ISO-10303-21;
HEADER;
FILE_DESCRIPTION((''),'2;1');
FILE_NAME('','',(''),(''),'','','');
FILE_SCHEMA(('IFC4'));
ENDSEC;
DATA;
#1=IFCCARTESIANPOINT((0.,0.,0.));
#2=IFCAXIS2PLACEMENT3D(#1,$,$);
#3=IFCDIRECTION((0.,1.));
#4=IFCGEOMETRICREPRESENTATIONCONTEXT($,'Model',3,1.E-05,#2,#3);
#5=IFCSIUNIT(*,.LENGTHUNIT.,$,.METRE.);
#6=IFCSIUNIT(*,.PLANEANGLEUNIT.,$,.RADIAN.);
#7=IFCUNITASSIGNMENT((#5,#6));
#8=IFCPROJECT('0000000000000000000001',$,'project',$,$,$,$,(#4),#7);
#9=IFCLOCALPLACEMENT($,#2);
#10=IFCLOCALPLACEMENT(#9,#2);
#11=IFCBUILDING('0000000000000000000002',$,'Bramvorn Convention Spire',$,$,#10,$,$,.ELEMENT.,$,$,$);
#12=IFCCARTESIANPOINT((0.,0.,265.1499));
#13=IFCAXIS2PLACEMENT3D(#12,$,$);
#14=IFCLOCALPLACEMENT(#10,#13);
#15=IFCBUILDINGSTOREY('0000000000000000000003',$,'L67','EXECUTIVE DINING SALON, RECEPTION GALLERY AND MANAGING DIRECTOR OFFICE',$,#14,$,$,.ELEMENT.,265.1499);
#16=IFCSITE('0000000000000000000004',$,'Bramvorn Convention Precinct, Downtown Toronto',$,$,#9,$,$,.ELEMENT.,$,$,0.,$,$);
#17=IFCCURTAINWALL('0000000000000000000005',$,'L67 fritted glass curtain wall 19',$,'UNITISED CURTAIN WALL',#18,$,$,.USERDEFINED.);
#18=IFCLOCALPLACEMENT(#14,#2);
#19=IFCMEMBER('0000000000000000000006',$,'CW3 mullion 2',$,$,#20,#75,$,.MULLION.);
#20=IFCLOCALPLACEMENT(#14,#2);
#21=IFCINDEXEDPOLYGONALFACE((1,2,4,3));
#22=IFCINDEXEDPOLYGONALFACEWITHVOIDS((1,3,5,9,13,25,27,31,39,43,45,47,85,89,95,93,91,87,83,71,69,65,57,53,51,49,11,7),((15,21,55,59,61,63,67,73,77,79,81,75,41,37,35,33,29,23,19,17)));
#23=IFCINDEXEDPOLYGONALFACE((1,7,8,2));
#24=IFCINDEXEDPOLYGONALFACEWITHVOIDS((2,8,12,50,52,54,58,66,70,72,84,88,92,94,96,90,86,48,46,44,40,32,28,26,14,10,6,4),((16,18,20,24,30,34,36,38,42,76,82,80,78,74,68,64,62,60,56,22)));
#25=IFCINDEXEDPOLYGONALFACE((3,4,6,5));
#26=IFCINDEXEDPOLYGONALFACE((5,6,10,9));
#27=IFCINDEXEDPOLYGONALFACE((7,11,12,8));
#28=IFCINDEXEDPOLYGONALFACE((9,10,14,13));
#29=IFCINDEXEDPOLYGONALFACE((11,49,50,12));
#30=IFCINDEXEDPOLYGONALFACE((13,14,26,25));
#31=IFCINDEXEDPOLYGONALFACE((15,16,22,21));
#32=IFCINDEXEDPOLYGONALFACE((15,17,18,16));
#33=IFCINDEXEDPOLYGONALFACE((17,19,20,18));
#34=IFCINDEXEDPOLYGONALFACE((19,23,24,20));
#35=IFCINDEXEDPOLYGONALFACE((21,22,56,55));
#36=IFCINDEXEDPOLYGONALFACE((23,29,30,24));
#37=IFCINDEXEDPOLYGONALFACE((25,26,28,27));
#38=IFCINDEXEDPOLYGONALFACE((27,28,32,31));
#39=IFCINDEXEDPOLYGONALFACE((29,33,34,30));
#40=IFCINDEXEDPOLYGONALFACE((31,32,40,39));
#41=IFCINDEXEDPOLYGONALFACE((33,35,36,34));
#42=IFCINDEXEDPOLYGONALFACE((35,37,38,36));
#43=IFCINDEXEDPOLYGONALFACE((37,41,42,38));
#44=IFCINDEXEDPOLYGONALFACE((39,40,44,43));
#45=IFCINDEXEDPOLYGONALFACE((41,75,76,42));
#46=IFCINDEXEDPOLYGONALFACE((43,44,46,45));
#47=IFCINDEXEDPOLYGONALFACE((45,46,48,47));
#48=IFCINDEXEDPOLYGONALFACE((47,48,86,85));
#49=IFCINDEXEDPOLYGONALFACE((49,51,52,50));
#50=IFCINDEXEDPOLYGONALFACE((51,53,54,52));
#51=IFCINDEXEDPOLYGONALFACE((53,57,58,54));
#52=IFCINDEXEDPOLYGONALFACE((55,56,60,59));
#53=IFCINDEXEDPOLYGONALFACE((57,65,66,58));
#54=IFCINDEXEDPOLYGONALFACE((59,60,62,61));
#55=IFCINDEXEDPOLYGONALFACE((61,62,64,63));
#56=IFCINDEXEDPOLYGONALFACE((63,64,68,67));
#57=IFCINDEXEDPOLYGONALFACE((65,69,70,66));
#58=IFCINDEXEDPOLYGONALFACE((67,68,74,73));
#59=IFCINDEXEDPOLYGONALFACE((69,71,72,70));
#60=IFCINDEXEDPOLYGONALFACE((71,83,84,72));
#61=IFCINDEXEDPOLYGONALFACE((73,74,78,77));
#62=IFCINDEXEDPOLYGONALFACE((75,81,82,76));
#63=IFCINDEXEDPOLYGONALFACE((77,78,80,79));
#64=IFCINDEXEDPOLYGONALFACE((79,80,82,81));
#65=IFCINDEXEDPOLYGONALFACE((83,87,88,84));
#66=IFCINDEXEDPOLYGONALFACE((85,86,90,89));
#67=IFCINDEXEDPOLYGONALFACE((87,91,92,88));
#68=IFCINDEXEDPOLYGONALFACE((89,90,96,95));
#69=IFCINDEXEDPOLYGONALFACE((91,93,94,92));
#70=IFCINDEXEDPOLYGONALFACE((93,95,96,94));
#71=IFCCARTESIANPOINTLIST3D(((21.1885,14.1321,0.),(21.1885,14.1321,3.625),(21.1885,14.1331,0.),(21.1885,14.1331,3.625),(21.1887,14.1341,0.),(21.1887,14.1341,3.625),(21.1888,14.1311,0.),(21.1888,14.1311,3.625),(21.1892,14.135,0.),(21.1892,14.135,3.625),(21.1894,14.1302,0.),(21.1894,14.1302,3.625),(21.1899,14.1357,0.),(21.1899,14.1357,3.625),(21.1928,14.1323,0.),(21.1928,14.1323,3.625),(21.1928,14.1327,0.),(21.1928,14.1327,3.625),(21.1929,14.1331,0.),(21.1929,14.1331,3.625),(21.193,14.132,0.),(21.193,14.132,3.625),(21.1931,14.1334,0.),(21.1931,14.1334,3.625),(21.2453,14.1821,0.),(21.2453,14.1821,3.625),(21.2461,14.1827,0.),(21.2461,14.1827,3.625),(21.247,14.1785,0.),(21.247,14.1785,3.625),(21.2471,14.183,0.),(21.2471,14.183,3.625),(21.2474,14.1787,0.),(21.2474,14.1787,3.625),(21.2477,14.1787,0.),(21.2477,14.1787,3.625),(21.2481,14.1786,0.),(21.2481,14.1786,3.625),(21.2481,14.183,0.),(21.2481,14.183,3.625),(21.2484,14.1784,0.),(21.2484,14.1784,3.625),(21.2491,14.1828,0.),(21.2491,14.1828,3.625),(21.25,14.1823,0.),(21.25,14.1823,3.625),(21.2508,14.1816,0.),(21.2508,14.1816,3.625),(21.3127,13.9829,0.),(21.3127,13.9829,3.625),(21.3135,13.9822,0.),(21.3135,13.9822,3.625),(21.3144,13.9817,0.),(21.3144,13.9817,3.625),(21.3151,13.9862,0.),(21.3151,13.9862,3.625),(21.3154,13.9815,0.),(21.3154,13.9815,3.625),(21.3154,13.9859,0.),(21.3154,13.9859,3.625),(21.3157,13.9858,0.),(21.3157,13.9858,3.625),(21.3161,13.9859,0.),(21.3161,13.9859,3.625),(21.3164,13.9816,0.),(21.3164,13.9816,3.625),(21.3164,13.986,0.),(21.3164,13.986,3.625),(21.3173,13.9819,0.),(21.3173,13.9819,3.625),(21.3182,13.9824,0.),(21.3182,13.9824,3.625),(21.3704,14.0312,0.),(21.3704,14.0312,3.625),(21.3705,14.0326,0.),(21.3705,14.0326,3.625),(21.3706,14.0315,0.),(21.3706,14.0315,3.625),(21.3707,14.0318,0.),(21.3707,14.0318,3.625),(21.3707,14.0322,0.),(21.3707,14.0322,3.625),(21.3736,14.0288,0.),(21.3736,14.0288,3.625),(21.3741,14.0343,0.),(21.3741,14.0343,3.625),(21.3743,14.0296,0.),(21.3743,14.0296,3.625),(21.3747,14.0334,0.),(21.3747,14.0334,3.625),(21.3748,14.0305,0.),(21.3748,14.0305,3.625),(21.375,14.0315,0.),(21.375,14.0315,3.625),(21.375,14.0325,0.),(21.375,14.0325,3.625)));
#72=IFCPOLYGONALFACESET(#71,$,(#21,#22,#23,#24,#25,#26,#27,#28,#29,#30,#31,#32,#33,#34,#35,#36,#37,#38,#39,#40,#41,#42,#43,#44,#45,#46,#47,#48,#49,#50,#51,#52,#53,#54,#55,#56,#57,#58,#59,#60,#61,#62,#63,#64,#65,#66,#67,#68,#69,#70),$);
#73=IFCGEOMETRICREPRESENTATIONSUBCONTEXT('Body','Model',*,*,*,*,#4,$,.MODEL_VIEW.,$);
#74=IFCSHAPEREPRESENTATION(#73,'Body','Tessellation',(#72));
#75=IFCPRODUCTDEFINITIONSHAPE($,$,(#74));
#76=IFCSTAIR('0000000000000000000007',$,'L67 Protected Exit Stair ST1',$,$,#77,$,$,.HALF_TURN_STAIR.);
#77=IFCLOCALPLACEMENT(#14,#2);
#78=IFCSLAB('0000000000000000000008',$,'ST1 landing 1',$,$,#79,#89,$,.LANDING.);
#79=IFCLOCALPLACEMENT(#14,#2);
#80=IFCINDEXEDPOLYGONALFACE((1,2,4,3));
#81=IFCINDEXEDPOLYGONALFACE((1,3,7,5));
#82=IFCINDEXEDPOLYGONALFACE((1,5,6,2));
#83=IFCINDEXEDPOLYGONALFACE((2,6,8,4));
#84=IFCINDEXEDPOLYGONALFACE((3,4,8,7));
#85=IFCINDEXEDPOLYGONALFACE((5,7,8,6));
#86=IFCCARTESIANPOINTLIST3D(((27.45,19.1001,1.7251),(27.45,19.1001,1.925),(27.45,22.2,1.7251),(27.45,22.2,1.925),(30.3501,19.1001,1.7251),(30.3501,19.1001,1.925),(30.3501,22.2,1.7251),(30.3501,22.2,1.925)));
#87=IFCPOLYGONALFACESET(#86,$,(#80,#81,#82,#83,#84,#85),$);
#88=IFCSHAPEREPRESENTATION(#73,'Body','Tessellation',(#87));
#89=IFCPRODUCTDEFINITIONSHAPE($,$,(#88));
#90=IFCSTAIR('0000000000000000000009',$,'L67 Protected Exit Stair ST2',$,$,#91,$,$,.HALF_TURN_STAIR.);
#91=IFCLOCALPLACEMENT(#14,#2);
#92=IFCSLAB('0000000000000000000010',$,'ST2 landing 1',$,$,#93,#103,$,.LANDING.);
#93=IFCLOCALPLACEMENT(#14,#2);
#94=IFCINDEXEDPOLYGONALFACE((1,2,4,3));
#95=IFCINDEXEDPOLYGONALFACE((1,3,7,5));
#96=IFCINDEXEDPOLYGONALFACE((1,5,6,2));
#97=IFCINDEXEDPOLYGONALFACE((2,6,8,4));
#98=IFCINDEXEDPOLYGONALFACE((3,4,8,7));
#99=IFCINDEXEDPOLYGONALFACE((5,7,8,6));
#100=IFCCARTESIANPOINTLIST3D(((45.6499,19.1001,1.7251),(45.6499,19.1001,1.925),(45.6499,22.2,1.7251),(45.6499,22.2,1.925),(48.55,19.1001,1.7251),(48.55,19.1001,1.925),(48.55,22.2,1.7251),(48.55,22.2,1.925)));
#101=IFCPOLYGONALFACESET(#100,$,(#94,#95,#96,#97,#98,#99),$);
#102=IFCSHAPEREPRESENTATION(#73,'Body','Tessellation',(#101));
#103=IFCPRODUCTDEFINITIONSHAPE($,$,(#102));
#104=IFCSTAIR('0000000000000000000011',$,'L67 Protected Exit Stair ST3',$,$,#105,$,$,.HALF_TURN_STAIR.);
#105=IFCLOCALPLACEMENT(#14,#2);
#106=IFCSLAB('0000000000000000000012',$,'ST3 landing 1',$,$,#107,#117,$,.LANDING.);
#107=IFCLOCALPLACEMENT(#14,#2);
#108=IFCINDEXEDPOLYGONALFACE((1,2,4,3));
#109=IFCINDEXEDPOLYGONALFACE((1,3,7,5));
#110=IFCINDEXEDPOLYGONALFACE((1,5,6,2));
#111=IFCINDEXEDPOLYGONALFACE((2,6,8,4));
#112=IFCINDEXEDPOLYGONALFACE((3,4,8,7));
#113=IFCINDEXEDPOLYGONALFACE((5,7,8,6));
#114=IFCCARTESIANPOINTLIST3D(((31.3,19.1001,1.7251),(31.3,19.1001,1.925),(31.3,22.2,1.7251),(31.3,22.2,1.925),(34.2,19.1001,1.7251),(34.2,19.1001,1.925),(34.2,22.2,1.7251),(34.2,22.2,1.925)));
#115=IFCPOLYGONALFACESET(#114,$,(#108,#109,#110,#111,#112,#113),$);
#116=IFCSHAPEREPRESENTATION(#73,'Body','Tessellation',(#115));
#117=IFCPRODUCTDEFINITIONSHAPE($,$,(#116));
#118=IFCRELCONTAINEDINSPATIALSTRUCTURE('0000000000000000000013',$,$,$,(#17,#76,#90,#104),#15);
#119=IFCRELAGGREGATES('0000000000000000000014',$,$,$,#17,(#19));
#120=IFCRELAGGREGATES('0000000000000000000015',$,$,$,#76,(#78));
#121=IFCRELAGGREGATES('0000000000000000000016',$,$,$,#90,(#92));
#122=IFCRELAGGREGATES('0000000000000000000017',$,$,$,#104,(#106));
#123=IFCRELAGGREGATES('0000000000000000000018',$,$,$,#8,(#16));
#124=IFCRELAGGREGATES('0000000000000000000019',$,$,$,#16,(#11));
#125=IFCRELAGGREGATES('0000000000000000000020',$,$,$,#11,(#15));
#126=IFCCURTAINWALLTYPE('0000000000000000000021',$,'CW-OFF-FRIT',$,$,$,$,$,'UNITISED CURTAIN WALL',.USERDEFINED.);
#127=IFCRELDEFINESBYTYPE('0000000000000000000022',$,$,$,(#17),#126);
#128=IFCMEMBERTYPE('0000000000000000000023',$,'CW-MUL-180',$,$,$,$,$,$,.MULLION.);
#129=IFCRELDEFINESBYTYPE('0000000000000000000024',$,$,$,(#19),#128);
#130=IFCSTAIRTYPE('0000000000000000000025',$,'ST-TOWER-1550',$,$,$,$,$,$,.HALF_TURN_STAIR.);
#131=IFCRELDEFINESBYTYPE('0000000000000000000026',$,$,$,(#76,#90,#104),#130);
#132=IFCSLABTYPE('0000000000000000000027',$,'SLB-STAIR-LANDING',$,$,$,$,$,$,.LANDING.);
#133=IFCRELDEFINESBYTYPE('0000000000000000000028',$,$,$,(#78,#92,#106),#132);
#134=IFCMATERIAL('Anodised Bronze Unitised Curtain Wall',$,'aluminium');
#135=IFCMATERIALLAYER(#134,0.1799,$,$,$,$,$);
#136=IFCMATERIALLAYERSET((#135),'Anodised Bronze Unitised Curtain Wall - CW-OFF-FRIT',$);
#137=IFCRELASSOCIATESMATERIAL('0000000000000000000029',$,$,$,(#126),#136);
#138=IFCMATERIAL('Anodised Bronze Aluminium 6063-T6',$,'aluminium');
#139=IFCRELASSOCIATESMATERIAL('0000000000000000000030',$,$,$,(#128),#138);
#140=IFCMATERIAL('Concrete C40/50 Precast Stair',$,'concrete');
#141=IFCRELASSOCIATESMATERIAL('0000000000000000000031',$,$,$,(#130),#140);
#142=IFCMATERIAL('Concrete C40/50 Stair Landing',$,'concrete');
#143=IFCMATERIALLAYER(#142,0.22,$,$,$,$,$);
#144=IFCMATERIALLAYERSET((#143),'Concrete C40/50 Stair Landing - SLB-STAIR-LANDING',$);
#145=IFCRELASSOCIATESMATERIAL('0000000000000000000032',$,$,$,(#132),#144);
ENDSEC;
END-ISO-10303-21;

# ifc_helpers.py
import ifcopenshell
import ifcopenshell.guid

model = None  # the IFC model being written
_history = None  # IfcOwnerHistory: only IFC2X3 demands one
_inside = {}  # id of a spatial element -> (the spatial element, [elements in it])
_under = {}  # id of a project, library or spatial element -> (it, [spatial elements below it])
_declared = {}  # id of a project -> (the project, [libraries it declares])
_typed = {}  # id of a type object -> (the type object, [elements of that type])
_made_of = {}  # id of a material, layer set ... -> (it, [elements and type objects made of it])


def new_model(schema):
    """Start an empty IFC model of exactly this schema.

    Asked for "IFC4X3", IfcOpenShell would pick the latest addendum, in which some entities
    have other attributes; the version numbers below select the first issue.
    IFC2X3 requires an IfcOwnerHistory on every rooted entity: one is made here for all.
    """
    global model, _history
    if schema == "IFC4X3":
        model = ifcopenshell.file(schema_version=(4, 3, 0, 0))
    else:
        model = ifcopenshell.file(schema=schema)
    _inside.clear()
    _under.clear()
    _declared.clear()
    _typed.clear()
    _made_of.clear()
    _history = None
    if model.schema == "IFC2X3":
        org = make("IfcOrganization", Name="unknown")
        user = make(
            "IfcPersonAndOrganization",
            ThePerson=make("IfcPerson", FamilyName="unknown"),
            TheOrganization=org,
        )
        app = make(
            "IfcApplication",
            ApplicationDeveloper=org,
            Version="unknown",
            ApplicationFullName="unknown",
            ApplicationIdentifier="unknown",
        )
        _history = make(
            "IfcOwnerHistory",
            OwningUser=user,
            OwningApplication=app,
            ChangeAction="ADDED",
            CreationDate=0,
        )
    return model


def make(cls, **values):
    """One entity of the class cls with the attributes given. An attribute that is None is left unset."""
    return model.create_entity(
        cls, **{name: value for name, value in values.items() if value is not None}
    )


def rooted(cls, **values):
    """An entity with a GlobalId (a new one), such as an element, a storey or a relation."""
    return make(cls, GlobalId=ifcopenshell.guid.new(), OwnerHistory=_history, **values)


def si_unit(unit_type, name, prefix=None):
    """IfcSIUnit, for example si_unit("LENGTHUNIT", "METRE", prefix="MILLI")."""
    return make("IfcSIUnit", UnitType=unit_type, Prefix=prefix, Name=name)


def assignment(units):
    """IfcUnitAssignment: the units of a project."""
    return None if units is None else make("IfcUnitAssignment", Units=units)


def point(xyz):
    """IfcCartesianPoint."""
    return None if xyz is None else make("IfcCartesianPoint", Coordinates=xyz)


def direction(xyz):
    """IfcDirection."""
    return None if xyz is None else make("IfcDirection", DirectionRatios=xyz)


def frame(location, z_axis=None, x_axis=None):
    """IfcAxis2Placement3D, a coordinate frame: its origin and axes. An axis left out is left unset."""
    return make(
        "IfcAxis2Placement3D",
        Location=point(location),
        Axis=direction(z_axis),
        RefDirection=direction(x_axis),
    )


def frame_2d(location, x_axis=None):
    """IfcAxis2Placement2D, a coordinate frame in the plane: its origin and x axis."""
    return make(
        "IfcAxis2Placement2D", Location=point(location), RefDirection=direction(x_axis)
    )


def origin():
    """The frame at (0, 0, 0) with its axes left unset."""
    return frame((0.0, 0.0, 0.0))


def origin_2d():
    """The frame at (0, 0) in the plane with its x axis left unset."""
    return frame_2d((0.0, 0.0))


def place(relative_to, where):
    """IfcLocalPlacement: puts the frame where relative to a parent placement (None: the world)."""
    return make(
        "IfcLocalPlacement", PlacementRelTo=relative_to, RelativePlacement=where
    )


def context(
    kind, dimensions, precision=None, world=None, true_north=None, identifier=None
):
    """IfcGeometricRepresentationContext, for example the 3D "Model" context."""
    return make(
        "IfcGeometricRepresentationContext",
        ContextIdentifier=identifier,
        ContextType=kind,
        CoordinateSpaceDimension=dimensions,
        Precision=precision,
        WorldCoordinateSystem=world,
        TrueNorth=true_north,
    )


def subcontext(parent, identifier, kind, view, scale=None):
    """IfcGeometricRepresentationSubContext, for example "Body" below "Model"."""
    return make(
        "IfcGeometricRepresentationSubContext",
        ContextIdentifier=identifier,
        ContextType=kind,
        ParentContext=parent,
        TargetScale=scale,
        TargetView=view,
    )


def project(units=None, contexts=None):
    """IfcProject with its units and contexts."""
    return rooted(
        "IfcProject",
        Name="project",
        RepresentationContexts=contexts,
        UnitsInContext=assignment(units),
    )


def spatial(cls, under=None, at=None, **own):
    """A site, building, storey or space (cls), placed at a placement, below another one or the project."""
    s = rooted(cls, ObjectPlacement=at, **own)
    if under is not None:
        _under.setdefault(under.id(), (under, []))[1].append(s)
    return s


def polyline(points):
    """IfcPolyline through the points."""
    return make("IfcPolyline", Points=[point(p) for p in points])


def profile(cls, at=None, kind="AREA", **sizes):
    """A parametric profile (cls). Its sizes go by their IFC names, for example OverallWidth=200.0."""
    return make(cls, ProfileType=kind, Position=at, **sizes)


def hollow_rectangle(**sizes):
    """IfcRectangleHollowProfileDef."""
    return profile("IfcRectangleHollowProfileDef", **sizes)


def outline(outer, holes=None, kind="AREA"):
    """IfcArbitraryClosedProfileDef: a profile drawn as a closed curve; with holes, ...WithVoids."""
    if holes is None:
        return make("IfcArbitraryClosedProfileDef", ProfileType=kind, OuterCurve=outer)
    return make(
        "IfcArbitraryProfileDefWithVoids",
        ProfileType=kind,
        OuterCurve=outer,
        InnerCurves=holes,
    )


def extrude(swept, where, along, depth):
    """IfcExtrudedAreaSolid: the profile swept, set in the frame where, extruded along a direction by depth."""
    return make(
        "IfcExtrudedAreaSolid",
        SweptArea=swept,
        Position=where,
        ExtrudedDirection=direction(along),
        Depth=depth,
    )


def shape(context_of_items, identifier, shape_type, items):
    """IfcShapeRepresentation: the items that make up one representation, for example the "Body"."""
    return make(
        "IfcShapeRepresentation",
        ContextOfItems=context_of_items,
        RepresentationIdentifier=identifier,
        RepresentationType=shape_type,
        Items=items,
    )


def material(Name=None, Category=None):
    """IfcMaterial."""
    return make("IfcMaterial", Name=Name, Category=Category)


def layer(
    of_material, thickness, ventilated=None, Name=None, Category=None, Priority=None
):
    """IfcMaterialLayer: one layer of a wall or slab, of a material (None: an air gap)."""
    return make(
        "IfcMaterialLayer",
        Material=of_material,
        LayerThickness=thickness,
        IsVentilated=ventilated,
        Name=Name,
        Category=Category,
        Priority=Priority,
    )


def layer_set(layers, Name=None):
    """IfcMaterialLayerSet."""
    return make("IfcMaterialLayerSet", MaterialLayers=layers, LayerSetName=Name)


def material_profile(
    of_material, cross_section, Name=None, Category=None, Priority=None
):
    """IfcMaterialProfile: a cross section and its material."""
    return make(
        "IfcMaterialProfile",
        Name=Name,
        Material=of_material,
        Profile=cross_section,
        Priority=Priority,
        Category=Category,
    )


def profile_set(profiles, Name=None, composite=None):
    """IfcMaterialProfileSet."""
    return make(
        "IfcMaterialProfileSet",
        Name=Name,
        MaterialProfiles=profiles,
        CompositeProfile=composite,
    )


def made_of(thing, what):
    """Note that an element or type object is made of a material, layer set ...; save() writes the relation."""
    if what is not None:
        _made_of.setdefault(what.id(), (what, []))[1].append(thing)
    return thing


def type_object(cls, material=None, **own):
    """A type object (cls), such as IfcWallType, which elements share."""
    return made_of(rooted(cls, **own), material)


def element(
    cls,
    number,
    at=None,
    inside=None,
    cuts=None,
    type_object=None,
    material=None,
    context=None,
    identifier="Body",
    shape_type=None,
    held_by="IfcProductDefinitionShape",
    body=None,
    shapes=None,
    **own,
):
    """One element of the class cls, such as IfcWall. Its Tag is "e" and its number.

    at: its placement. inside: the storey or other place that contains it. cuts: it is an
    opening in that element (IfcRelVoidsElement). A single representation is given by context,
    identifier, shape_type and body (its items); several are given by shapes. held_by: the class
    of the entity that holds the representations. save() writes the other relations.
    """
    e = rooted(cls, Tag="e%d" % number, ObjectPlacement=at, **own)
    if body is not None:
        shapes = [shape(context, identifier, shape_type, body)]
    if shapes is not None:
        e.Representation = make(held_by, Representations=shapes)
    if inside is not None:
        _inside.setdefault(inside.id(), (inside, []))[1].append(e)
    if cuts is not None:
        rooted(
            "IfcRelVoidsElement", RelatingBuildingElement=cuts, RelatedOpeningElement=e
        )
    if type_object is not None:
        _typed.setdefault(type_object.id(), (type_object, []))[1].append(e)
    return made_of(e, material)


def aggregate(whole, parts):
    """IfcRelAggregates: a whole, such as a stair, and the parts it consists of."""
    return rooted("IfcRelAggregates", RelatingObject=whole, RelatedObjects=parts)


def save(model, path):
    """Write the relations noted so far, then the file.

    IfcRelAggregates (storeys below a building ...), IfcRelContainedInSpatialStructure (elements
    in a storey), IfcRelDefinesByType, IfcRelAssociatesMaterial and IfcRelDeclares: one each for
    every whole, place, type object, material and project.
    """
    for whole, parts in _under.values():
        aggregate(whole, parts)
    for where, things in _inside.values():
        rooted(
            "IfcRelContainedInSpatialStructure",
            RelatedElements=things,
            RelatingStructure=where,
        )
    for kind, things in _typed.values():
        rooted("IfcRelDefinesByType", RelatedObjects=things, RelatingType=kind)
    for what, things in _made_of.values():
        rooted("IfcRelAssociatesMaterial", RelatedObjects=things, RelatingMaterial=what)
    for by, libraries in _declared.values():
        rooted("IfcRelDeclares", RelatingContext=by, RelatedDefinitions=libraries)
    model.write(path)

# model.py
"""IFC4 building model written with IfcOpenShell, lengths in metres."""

from ifc_helpers import new_model, si_unit, direction, frame, origin, origin_2d, place, context, subcontext, project, spatial, polyline, hollow_rectangle, outline, extrude, material, layer, layer_set, material_profile, profile_set, type_object, element, aggregate, save


model = new_model("IFC4")

# Units and contexts
model_context = context("Model", 3, precision=1e-05, world=origin(), true_north=direction((0.0, 1.0)))
body_context = subcontext(model_context, "Body", "Model", "MODEL_VIEW")
ifc_project = project(units=[si_unit("LENGTHUNIT", "METRE"), si_unit("PLANEANGLEUNIT", "RADIAN")], contexts=[model_context])

# Site, building, storey
site_placement = place(None, origin())
site = spatial("IfcSite", under=ifc_project, at=site_placement, Name="Bramvorn Convention Precinct, Downtown Toronto", CompositionType="ELEMENT", RefElevation=0.0)
building_placement = place(site_placement, origin())
building = spatial("IfcBuilding", under=site, at=building_placement, Name="Bramvorn Convention Spire", CompositionType="ELEMENT")
storey_placement = place(building_placement, frame((0.0, 0.0, 265.1499)))
storey = spatial("IfcBuildingStorey", under=building, at=storey_placement, Name="L67", Description="EXECUTIVE DINING SALON, RECEPTION GALLERY AND MANAGING DIRECTOR OFFICE", CompositionType="ELEMENT", Elevation=265.1499)

# Curtain wall, member
ifc_material_1 = material(Name="Anodised Bronze Unitised Curtain Wall", Category="aluminium")
ifc_layer_1 = layer(ifc_material_1, 0.1799)
ifc_layer_set_1 = layer_set([ifc_layer_1], Name="Anodised Bronze Unitised Curtain Wall - CW-OFF-FRIT")
curtain_wall_type = type_object("IfcCurtainWallType", Name="CW-OFF-FRIT", ElementType="UNITISED CURTAIN WALL", PredefinedType="USERDEFINED", material=ifc_layer_set_1)
curtain_wall_placement = place(storey_placement, origin())
curtain_wall = element("IfcCurtainWall", 1, at=curtain_wall_placement, inside=storey, type_object=curtain_wall_type, Name="L67 fritted glass curtain wall 19", ObjectType="UNITISED CURTAIN WALL", PredefinedType="USERDEFINED")
ifc_material_2 = material(Name="Anodised Bronze Aluminium 6063-T6", Category="aluminium")
ifc_material_profile_1 = material_profile(ifc_material_2, hollow_rectangle(XDim=0.0801, YDim=0.2, WallThickness=0.0039, InnerFilletRadius=0.001, OuterFilletRadius=0.0039, at=origin_2d()))
ifc_profile_set_1 = profile_set([ifc_material_profile_1], Name="Anodised Bronze Aluminium 6063-T6 - CWM80X200")
member_type = type_object("IfcMemberType", Name="CW-MUL-180", PredefinedType="MULLION", material=ifc_profile_set_1)
member_placement = place(storey_placement, frame((21.2817, 14.0823, 0.0), z_axis=(0.0, 0.0, 1.0), x_axis=(-0.766807, -0.641878, 0.0)))
member = element("IfcMember", 2, at=member_placement, type_object=member_type, Name="CW3 mullion 2", PredefinedType="MULLION", context=body_context, shape_type="SweptSolid", body=[
    extrude(hollow_rectangle(XDim=0.0801, YDim=0.2, WallThickness=0.0039, InnerFilletRadius=0.001, OuterFilletRadius=0.0039, at=origin_2d()), origin(), (0.0, 0.0, 1.0), 3.625),
])
aggregate(curtain_wall, [member])

# Stairs, slabs
ifc_material_3 = material(Name="Concrete C40/50 Precast Stair", Category="concrete")
stair_type = type_object("IfcStairType", Name="ST-TOWER-1550", PredefinedType="HALF_TURN_STAIR", material=ifc_material_3)
stair_1_placement = place(storey_placement, origin())
stair_1 = element("IfcStair", 3, at=stair_1_placement, inside=storey, type_object=stair_type, Name="L67 Protected Exit Stair ST1", PredefinedType="HALF_TURN_STAIR")
ifc_material_4 = material(Name="Concrete C40/50 Stair Landing", Category="concrete")
ifc_layer_2 = layer(ifc_material_4, 0.22)
ifc_layer_set_2 = layer_set([ifc_layer_2], Name="Concrete C40/50 Stair Landing - SLB-STAIR-LANDING")
slab_type_1 = type_object("IfcSlabType", Name="SLB-STAIR-LANDING", PredefinedType="LANDING", material=ifc_layer_set_2)
slab_1_placement = place(storey_placement, frame((0.0, 0.0, 1.7251)))
slab_1 = element("IfcSlab", 4, at=slab_1_placement, type_object=slab_type_1, Name="ST1 landing 1", PredefinedType="LANDING", context=body_context, shape_type="SweptSolid", body=[
    extrude(outline(polyline([(27.45, 22.2), (27.45, 19.1001), (30.3501, 19.1001), (30.3501, 22.2), (27.45, 22.2)])), origin(), (0.0, 0.0, 1.0), 0.2),
])
aggregate(stair_1, [slab_1])
stair_2_placement = place(storey_placement, origin())
stair_2 = element("IfcStair", 5, at=stair_2_placement, inside=storey, type_object=stair_type, Name="L67 Protected Exit Stair ST2", PredefinedType="HALF_TURN_STAIR")
slab_2_placement = place(storey_placement, frame((0.0, 0.0, 1.7251)))
slab_2 = element("IfcSlab", 6, at=slab_2_placement, type_object=slab_type_1, Name="ST2 landing 1", PredefinedType="LANDING", context=body_context, shape_type="SweptSolid", body=[
    extrude(outline(polyline([(45.6499, 22.2), (45.6499, 19.1001), (48.55, 19.1001), (48.55, 22.2), (45.6499, 22.2)])), origin(), (0.0, 0.0, 1.0), 0.2),
])
aggregate(stair_2, [slab_2])
stair_3_placement = place(storey_placement, origin())
stair_3 = element("IfcStair", 7, at=stair_3_placement, inside=storey, type_object=stair_type, Name="L67 Protected Exit Stair ST3", PredefinedType="HALF_TURN_STAIR")
slab_3_placement = place(storey_placement, frame((0.0, 0.0, 1.7251)))
slab_3 = element("IfcSlab", 8, at=slab_3_placement, type_object=slab_type_1, Name="ST3 landing 1", PredefinedType="LANDING", context=body_context, shape_type="SweptSolid", body=[
    extrude(outline(polyline([(31.3, 22.2), (31.3, 19.1001), (34.2, 19.1001), (34.2, 22.2), (31.3, 22.2)])), origin(), (0.0, 0.0, 1.0), 0.2),
])
aggregate(stair_3, [slab_3])

save(model, "model.ifc")
